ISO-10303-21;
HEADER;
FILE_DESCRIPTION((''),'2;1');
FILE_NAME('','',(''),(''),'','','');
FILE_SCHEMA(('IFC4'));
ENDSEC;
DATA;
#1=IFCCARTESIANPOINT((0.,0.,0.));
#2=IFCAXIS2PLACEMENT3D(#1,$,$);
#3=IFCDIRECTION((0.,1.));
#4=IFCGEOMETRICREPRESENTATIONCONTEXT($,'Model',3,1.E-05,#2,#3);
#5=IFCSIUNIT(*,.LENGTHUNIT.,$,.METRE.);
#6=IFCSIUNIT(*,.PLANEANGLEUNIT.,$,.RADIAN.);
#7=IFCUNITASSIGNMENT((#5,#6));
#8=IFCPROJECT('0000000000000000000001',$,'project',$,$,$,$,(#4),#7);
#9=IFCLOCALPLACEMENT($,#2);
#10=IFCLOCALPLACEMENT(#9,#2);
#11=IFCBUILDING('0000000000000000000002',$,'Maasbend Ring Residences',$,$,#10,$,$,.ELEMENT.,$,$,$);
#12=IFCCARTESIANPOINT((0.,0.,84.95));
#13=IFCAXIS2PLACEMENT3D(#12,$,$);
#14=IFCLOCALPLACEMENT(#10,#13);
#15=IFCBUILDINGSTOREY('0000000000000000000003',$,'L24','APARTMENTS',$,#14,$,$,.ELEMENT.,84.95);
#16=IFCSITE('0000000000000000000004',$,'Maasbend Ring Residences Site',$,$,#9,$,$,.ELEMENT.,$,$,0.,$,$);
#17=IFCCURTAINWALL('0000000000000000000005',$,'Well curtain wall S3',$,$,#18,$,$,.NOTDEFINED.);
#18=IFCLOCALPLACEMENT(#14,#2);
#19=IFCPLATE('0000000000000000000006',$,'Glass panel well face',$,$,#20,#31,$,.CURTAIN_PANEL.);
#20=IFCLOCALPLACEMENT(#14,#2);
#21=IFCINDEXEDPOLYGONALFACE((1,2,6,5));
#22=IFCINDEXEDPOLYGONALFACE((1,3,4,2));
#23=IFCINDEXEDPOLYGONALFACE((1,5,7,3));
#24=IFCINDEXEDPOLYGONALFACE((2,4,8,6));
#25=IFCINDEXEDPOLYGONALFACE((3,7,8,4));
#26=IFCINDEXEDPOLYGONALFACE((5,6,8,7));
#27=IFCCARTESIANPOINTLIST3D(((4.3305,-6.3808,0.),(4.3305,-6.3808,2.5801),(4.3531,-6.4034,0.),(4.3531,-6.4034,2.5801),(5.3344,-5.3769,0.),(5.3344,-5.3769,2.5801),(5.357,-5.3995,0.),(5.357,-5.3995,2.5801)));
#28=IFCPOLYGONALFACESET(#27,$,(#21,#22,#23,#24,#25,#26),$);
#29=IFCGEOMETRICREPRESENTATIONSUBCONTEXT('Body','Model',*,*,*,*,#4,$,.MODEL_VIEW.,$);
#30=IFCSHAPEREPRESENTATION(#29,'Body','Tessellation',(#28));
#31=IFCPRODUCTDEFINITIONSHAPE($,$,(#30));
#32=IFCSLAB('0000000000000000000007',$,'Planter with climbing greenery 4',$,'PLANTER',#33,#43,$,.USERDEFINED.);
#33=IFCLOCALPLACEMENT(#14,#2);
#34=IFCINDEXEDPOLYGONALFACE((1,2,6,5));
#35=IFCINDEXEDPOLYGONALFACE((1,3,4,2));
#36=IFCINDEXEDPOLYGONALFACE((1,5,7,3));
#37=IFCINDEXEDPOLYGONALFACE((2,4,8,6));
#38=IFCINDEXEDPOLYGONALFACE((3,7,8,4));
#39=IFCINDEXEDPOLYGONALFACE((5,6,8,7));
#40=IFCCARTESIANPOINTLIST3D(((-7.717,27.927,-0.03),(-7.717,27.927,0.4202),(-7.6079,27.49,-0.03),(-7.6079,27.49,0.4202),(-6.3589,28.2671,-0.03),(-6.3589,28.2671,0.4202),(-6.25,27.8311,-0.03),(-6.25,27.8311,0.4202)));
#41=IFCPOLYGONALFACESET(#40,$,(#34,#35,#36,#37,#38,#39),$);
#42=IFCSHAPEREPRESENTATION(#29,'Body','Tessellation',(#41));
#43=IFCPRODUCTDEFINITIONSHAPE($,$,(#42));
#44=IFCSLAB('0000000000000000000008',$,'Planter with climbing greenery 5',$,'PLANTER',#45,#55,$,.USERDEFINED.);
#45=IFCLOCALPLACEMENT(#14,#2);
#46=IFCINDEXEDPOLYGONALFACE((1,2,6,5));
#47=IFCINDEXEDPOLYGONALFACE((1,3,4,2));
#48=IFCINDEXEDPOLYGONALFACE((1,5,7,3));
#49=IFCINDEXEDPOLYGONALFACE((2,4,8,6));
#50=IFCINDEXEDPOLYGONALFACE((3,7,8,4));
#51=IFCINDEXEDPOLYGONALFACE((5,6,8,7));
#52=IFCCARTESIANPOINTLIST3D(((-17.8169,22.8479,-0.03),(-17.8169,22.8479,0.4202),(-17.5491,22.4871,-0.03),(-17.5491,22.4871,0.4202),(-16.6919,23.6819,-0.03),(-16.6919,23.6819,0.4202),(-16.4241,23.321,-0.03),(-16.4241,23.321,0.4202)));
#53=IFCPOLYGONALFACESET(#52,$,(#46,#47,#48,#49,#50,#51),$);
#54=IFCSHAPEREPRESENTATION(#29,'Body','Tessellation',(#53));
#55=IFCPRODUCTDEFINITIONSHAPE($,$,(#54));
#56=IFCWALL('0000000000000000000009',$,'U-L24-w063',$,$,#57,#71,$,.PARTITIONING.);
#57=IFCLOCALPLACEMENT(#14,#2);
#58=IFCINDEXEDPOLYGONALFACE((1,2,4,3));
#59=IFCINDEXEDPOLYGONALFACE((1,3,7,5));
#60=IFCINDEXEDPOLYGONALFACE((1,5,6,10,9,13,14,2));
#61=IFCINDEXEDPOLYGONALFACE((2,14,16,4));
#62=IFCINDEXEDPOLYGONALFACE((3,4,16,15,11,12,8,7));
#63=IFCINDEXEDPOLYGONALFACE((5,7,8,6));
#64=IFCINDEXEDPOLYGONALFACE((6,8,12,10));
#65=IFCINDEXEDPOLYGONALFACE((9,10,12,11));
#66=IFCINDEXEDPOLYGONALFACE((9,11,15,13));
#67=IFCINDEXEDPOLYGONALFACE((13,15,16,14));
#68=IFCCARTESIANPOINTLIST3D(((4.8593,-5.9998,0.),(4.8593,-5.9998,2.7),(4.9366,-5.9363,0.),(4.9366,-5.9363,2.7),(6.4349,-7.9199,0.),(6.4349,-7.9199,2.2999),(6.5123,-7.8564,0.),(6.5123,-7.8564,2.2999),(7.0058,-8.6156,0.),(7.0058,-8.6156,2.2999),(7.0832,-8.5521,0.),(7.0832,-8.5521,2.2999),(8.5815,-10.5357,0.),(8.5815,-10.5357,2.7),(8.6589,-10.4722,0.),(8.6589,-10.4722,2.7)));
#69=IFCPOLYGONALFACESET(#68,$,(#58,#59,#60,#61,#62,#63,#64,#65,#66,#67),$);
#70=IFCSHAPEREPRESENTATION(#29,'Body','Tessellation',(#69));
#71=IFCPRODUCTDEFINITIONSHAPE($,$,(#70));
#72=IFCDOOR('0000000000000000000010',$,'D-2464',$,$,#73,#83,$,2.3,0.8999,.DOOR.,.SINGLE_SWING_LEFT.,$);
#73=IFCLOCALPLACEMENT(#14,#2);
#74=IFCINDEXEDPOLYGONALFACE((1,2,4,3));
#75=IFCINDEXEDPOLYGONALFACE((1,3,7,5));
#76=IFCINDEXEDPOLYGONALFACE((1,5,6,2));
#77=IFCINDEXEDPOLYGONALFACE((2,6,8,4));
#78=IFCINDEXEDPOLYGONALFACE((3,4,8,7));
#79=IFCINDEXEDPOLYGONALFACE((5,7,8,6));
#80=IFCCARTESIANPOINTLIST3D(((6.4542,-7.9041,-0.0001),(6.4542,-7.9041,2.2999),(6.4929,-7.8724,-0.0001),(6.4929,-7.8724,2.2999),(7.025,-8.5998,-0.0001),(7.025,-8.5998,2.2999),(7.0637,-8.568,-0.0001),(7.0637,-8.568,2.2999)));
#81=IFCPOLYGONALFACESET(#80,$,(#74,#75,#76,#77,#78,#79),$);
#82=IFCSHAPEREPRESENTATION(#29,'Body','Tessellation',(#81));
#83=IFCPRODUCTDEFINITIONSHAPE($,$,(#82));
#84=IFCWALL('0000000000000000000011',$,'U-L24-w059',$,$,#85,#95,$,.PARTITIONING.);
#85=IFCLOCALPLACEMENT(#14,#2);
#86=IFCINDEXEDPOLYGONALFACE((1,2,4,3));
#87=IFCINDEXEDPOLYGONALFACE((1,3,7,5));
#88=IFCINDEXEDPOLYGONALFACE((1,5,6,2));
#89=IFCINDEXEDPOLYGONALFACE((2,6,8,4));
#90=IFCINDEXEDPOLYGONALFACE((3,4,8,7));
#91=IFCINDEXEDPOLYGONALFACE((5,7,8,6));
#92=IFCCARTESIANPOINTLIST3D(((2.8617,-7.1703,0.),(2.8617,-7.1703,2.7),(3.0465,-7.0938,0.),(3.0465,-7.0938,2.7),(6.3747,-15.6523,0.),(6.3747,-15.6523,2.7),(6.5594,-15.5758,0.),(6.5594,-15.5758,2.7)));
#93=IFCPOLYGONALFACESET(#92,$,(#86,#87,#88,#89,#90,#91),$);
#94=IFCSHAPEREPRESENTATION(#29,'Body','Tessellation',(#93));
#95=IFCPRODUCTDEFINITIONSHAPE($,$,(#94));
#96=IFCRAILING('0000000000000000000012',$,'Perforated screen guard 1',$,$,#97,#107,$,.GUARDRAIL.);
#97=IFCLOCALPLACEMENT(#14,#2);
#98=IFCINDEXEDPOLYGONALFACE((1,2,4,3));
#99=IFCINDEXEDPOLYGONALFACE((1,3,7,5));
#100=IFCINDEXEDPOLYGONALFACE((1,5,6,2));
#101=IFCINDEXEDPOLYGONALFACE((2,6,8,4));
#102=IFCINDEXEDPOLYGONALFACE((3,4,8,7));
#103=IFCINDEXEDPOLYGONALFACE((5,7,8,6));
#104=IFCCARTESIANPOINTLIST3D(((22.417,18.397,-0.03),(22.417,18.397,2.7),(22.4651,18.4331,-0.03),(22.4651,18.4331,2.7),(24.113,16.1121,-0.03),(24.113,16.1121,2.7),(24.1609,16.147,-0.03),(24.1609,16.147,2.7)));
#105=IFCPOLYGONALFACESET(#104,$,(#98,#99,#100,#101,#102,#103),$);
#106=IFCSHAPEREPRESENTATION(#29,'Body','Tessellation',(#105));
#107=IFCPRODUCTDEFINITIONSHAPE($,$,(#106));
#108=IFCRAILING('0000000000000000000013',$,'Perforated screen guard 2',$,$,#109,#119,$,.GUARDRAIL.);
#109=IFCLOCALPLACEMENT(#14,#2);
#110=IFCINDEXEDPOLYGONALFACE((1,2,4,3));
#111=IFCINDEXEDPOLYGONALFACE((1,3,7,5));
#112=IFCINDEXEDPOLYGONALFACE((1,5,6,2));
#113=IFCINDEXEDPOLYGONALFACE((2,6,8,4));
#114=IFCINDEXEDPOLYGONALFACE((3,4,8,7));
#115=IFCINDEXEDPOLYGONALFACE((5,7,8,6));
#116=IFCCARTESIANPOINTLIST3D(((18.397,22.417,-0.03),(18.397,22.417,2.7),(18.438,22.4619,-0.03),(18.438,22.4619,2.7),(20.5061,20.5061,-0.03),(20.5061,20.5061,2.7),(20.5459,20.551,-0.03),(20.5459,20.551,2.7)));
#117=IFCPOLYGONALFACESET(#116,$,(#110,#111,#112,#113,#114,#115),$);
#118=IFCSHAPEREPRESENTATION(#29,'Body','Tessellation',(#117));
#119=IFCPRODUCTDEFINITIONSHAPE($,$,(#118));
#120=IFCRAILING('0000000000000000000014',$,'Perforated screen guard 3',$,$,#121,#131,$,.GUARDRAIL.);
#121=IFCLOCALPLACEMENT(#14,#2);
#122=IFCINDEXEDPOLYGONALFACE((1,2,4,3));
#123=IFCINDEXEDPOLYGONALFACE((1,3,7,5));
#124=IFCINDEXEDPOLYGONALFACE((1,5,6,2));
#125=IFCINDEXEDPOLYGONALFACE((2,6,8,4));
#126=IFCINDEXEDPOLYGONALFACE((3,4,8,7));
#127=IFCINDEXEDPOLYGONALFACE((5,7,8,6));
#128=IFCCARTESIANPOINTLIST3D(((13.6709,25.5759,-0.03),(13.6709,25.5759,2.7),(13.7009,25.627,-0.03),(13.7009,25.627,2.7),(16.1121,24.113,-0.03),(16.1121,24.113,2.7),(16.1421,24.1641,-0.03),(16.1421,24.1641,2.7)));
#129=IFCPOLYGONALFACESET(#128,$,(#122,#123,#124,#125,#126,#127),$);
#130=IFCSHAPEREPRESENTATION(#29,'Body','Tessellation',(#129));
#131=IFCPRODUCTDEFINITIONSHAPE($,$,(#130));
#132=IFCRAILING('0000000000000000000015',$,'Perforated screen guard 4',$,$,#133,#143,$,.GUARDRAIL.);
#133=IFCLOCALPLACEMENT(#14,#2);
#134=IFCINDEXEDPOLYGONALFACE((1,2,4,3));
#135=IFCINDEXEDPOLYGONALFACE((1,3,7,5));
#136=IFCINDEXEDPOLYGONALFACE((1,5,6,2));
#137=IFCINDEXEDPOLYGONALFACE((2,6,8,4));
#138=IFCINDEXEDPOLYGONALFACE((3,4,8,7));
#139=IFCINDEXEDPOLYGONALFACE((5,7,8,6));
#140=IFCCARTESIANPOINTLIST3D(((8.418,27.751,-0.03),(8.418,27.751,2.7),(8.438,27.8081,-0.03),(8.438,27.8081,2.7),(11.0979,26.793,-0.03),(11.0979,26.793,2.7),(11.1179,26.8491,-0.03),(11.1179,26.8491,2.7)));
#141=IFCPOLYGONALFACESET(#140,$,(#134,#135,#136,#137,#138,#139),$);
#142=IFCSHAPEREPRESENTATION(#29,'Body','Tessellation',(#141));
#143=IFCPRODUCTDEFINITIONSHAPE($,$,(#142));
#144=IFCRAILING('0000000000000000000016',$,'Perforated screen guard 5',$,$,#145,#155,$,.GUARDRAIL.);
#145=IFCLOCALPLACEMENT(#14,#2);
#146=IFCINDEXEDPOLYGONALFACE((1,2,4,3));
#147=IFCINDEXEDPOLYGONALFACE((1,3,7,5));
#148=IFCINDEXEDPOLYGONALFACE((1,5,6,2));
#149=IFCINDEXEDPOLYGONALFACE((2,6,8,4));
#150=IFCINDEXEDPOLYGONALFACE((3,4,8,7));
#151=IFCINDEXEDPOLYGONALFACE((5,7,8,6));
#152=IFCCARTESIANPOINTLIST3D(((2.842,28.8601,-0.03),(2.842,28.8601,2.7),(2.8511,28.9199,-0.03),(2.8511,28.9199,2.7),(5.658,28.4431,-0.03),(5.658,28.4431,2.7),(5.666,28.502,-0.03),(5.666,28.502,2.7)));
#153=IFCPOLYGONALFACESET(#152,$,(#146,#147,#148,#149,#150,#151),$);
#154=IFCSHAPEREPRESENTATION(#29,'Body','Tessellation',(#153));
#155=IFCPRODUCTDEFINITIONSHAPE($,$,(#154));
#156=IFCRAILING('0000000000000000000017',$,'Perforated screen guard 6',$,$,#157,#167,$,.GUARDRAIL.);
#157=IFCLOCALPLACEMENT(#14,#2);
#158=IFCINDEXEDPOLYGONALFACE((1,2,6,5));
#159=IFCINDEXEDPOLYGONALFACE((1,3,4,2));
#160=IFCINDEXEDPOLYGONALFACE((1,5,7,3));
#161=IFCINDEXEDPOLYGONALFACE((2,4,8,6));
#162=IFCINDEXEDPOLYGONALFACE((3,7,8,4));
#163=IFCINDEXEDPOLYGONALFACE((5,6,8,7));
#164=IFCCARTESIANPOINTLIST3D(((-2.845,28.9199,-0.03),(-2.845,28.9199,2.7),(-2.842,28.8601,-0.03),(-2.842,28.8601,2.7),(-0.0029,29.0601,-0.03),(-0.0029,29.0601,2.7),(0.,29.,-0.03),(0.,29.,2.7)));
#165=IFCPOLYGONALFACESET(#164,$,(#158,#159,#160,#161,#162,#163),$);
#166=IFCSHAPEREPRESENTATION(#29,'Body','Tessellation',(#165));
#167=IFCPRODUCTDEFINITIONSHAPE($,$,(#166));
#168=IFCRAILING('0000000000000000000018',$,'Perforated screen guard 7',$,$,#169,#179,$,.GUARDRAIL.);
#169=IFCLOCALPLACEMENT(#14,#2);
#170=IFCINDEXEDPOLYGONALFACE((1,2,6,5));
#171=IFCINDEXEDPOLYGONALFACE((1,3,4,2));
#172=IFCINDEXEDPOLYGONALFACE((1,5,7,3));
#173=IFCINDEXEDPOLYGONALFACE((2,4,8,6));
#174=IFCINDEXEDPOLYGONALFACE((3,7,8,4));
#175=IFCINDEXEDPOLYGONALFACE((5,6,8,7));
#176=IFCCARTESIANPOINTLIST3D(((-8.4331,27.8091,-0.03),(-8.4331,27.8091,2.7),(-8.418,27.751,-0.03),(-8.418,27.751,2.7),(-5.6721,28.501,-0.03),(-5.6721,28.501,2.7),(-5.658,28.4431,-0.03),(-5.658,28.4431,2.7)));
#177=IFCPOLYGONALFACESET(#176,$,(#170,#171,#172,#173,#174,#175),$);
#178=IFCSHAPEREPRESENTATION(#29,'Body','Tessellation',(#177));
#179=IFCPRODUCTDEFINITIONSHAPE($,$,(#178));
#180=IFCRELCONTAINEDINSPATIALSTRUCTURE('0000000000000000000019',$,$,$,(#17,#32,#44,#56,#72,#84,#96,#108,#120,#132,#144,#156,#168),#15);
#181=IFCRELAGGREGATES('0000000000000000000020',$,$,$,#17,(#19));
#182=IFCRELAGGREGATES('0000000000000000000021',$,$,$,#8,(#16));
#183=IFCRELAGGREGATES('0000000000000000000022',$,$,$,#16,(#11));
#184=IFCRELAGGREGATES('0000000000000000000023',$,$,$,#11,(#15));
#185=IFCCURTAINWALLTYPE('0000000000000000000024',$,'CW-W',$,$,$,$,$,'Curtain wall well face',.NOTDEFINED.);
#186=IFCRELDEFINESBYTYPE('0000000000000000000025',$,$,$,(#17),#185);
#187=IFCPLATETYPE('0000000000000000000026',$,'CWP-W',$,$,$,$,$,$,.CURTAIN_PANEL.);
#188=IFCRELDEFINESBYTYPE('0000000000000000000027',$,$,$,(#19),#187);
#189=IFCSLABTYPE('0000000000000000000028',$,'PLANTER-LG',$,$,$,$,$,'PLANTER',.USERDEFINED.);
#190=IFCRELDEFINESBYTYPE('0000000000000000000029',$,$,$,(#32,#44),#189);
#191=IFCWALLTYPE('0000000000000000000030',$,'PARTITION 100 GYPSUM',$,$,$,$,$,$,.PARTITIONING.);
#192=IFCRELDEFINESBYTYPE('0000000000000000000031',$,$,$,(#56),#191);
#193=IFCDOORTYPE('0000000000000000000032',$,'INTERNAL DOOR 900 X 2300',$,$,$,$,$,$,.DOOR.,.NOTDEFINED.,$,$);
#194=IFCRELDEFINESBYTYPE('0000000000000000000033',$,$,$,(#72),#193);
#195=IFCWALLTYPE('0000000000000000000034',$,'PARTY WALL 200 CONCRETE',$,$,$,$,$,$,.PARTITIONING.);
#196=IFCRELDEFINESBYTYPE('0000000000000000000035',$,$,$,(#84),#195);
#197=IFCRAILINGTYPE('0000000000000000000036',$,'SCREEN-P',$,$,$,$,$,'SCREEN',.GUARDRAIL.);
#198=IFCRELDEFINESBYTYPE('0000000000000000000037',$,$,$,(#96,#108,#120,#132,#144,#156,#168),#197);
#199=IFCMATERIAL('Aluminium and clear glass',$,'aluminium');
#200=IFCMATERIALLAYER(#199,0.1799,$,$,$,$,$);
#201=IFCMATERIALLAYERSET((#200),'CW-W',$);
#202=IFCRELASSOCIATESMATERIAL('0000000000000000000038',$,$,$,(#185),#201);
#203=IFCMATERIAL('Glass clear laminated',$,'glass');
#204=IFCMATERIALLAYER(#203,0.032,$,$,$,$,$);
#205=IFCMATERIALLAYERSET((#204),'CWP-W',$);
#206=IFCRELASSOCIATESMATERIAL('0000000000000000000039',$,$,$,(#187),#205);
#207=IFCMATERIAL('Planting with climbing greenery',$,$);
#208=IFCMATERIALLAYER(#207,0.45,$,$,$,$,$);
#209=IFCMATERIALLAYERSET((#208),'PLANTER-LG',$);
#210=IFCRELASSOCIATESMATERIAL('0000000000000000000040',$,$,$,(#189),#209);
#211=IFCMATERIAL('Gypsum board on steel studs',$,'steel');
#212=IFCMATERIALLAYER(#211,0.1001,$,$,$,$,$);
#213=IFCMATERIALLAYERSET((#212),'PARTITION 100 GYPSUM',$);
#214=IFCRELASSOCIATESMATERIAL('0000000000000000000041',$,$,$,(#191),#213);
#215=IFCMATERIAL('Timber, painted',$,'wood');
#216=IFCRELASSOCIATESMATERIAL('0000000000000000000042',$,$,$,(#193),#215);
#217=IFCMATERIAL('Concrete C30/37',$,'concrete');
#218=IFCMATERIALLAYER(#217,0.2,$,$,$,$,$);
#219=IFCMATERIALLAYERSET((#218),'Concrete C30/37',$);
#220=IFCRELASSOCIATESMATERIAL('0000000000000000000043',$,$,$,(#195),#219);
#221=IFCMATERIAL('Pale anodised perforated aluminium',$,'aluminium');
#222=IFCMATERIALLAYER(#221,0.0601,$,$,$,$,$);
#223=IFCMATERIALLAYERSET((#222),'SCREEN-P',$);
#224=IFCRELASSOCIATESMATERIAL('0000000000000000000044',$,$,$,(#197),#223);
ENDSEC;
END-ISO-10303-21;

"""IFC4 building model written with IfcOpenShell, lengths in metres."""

from ifc_helpers import new_model, si_unit, direction, frame, frame_2d, origin, origin_2d, place, context, subcontext, project, spatial, polyline, rectangle, outline, extrude, material, layer, layer_set, type_object, element, fill, aggregate, save


model = new_model("IFC4")

# Units and contexts
model_context = context("Model", 3, precision=1e-05, world=origin(), true_north=direction((0.0, 1.0)))
body_context = subcontext(model_context, "Body", "Model", "MODEL_VIEW")
ifc_project = project(units=[si_unit("LENGTHUNIT", "METRE"), si_unit("PLANEANGLEUNIT", "RADIAN")], contexts=[model_context])

# Site, building, storey
site_placement = place(None, origin())
site = spatial("IfcSite", under=ifc_project, at=site_placement, Name="Maasbend Ring Residences Site", CompositionType="ELEMENT", RefElevation=0.0)
building_placement = place(site_placement, origin())
building = spatial("IfcBuilding", under=site, at=building_placement, Name="Maasbend Ring Residences", CompositionType="ELEMENT")
storey_placement = place(building_placement, frame((0.0, 0.0, 84.95)))
storey = spatial("IfcBuildingStorey", under=building, at=storey_placement, Name="L24", Description="APARTMENTS", CompositionType="ELEMENT", Elevation=84.95)

# Shared definitions
ifc_material_1 = material(Name="Aluminium and clear glass", Category="aluminium")
ifc_layer_1 = layer(ifc_material_1, 0.1799)
ifc_layer_set_1 = layer_set([ifc_layer_1], Name="CW-W")
curtain_wall_type = type_object("IfcCurtainWallType", Name="CW-W", ElementType="Curtain wall well face", PredefinedType="NOTDEFINED", material=ifc_layer_set_1)

# Curtain wall
curtain_wall_1_placement = place(storey_placement, origin())
curtain_wall_1 = element("IfcCurtainWall", 1, at=curtain_wall_1_placement, inside=storey, type_object=curtain_wall_type, Name="Well curtain wall S3", PredefinedType="NOTDEFINED")

# Plate
ifc_material_2 = material(Name="Glass clear laminated", Category="glass")
ifc_layer_2 = layer(ifc_material_2, 0.032)
ifc_layer_set_2 = layer_set([ifc_layer_2], Name="CWP-W")
plate_type = type_object("IfcPlateType", Name="CWP-W", PredefinedType="CURTAIN_PANEL", material=ifc_layer_set_2)
plate_1_placement = place(storey_placement, frame((4.8438, -5.8901, 0.0), z_axis=(0.0, 0.0, 1.0), x_axis=(0.707107, 0.707107, 0.0)))
plate_1 = element("IfcPlate", 2, at=plate_1_placement, type_object=plate_type, Name="Glass panel well face", PredefinedType="CURTAIN_PANEL", context=body_context, shape_type="SweptSolid", body=[
    extrude(rectangle(XDim=1.4197, YDim=0.032, at=origin_2d()), origin(), (0.0, 0.0, 1.0), 2.5801),
])
aggregate(curtain_wall_1, [plate_1])

# Slabs
ifc_material_3 = material(Name="Planting with climbing greenery")
ifc_layer_3 = layer(ifc_material_3, 0.45)
ifc_layer_set_3 = layer_set([ifc_layer_3], Name="PLANTER-LG")
slab_type_1 = type_object("IfcSlabType", Name="PLANTER-LG", ElementType="PLANTER", PredefinedType="USERDEFINED", material=ifc_layer_set_3)
slab_1_placement = place(storey_placement, frame((0.0, 0.0, -0.03)))
element("IfcSlab", 3, at=slab_1_placement, inside=storey, type_object=slab_type_1, Name="Planter with climbing greenery 4", ObjectType="PLANTER", PredefinedType="USERDEFINED", context=body_context, shape_type="SweptSolid", body=[
    extrude(outline(polyline([(-6.3589, 28.2671), (-7.717, 27.927), (-7.6079, 27.49), (-6.25, 27.8311), (-6.3589, 28.2671)])), origin(), (0.0, 0.0, 1.0), 0.4502),
])
slab_2_placement = place(storey_placement, frame((0.0, 0.0, -0.03)))
element("IfcSlab", 4, at=slab_2_placement, inside=storey, type_object=slab_type_1, Name="Planter with climbing greenery 5", ObjectType="PLANTER", PredefinedType="USERDEFINED", context=body_context, shape_type="SweptSolid", body=[
    extrude(outline(polyline([(-16.6919, 23.6819), (-17.8169, 22.8479), (-17.5491, 22.4871), (-16.4241, 23.321), (-16.6919, 23.6819)])), origin(), (0.0, 0.0, 1.0), 0.4502),
])

# Wall, opening, door
ifc_material_4 = material(Name="Gypsum board on steel studs", Category="steel")
ifc_layer_4 = layer(ifc_material_4, 0.1001)
ifc_layer_set_4 = layer_set([ifc_layer_4], Name="PARTITION 100 GYPSUM")
wall_type_1 = type_object("IfcWallType", Name="PARTITION 100 GYPSUM", PredefinedType="PARTITIONING", material=ifc_layer_set_4)
wall_1_placement = place(storey_placement, frame((4.8979, -5.968, 0.0), z_axis=(0.0, 0.0, 1.0), x_axis=(0.634359, -0.773039, 0.0)))
wall_1 = element("IfcWall", 5, at=wall_1_placement, inside=storey, type_object=wall_type_1, Name="U-L24-w063", PredefinedType="PARTITIONING", context=body_context, shape_type="SweptSolid", body=[
    extrude(rectangle(XDim=5.8677, YDim=0.1001, at=frame_2d((2.9338, 0.0))), origin(), (0.0, 0.0, 1.0), 2.7),
])
opening_placement = place(wall_1_placement, frame((2.4839, 0.0, 0.0)))
opening = element("IfcOpeningElement", 6, at=opening_placement, cuts=wall_1, PredefinedType="OPENING", context=body_context, shape_type="SweptSolid", body=[
    extrude(rectangle(XDim=0.8999, YDim=2.3, at=frame_2d((0.45, 1.1499))), frame((0.0, 0.0601, 0.0), z_axis=(0.0, -1.0, 0.0), x_axis=(1.0, 0.0, 0.0)), (0.0, 0.0, 1.0), 0.1201),
])
ifc_material_5 = material(Name="Timber, painted", Category="wood")
door_type = type_object("IfcDoorType", Name="INTERNAL DOOR 900 X 2300", OperationType="NOTDEFINED", PredefinedType="DOOR", material=ifc_material_5)
door_placement = place(opening_placement, origin())
door = element("IfcDoor", 7, at=door_placement, inside=storey, type_object=door_type, Name="D-2464", OperationType="SINGLE_SWING_LEFT", OverallHeight=2.3, OverallWidth=0.8999, PredefinedType="DOOR", context=body_context, shape_type="SweptSolid", body=[
    extrude(rectangle(XDim=0.8999, YDim=2.3, at=frame_2d((0.45, 1.1499))), frame((0.0, 0.0249, 0.0), z_axis=(0.0, -1.0, 0.0), x_axis=(1.0, 0.0, 0.0)), (0.0, 0.0, 1.0), 0.05),
])
fill(opening, door)

# Wall
ifc_material_6 = material(Name="Concrete C30/37", Category="concrete")
ifc_layer_5 = layer(ifc_material_6, 0.2)
ifc_layer_set_5 = layer_set([ifc_layer_5], Name="Concrete C30/37")
wall_type_2 = type_object("IfcWallType", Name="PARTY WALL 200 CONCRETE", PredefinedType="PARTITIONING", material=ifc_layer_set_5)
wall_2_placement = place(storey_placement, frame((2.9541, -7.1321, 0.0), z_axis=(0.0, 0.0, 1.0), x_axis=(0.382647, -0.923895, 0.0)))
element("IfcWall", 8, at=wall_2_placement, inside=storey, type_object=wall_type_2, Name="U-L24-w059", PredefinedType="PARTITIONING", context=body_context, shape_type="SweptSolid", body=[
    extrude(rectangle(XDim=9.1807, YDim=0.2, at=frame_2d((4.5903, 0.0))), origin(), (0.0, 0.0, 1.0), 2.7),
])

# Railings
ifc_material_7 = material(Name="Pale anodised perforated aluminium", Category="aluminium")
ifc_layer_6 = layer(ifc_material_7, 0.0601)
ifc_layer_set_6 = layer_set([ifc_layer_6], Name="SCREEN-P")
railing_type = type_object("IfcRailingType", Name="SCREEN-P", ElementType="SCREEN", PredefinedType="GUARDRAIL", material=ifc_layer_set_6)
railing_1_placement = place(storey_placement, frame((0.0, 0.0, -0.03)))
element("IfcRailing", 9, at=railing_1_placement, inside=storey, type_object=railing_type, Name="Perforated screen guard 1", PredefinedType="GUARDRAIL", context=body_context, shape_type="SweptSolid", body=[
    extrude(outline(polyline([(24.113, 16.1121), (22.417, 18.397), (22.4651, 18.4331), (24.1609, 16.147), (24.113, 16.1121)])), origin(), (0.0, 0.0, 1.0), 2.73),
])
railing_2_placement = place(storey_placement, frame((0.0, 0.0, -0.03)))
element("IfcRailing", 10, at=railing_2_placement, inside=storey, type_object=railing_type, Name="Perforated screen guard 2", PredefinedType="GUARDRAIL", context=body_context, shape_type="SweptSolid", body=[
    extrude(outline(polyline([(20.5061, 20.5061), (18.397, 22.417), (18.438, 22.4619), (20.5459, 20.551), (20.5061, 20.5061)])), origin(), (0.0, 0.0, 1.0), 2.73),
])
railing_3_placement = place(storey_placement, frame((0.0, 0.0, -0.03)))
element("IfcRailing", 11, at=railing_3_placement, inside=storey, type_object=railing_type, Name="Perforated screen guard 3", PredefinedType="GUARDRAIL", context=body_context, shape_type="SweptSolid", body=[
    extrude(outline(polyline([(16.1121, 24.113), (13.6709, 25.5759), (13.7009, 25.627), (16.1421, 24.1641), (16.1121, 24.113)])), origin(), (0.0, 0.0, 1.0), 2.73),
])
railing_4_placement = place(storey_placement, frame((0.0, 0.0, -0.03)))
element("IfcRailing", 12, at=railing_4_placement, inside=storey, type_object=railing_type, Name="Perforated screen guard 4", PredefinedType="GUARDRAIL", context=body_context, shape_type="SweptSolid", body=[
    extrude(outline(polyline([(11.0979, 26.793), (8.418, 27.751), (8.438, 27.8081), (11.1179, 26.8491), (11.0979, 26.793)])), origin(), (0.0, 0.0, 1.0), 2.73),
])
railing_5_placement = place(storey_placement, frame((0.0, 0.0, -0.03)))
element("IfcRailing", 13, at=railing_5_placement, inside=storey, type_object=railing_type, Name="Perforated screen guard 5", PredefinedType="GUARDRAIL", context=body_context, shape_type="SweptSolid", body=[
    extrude(outline(polyline([(5.658, 28.4431), (2.842, 28.8601), (2.8511, 28.9199), (5.666, 28.502), (5.658, 28.4431)])), origin(), (0.0, 0.0, 1.0), 2.73),
])
railing_6_placement = place(storey_placement, frame((0.0, 0.0, -0.03)))
element("IfcRailing", 14, at=railing_6_placement, inside=storey, type_object=railing_type, Name="Perforated screen guard 6", PredefinedType="GUARDRAIL", context=body_context, shape_type="SweptSolid", body=[
    extrude(outline(polyline([(0.0, 29.0), (-2.842, 28.8601), (-2.845, 28.9199), (-0.0029, 29.0601), (0.0, 29.0)])), origin(), (0.0, 0.0, 1.0), 2.73),
])
railing_7_placement = place(storey_placement, frame((0.0, 0.0, -0.03)))
element("IfcRailing", 15, at=railing_7_placement, inside=storey, type_object=railing_type, Name="Perforated screen guard 7", PredefinedType="GUARDRAIL", context=body_context, shape_type="SweptSolid", body=[
    extrude(outline(polyline([(-5.658, 28.4431), (-8.418, 27.751), (-8.4331, 27.8091), (-5.6721, 28.501), (-5.658, 28.4431)])), origin(), (0.0, 0.0, 1.0), 2.73),
])

save(model, "model.ifc")
